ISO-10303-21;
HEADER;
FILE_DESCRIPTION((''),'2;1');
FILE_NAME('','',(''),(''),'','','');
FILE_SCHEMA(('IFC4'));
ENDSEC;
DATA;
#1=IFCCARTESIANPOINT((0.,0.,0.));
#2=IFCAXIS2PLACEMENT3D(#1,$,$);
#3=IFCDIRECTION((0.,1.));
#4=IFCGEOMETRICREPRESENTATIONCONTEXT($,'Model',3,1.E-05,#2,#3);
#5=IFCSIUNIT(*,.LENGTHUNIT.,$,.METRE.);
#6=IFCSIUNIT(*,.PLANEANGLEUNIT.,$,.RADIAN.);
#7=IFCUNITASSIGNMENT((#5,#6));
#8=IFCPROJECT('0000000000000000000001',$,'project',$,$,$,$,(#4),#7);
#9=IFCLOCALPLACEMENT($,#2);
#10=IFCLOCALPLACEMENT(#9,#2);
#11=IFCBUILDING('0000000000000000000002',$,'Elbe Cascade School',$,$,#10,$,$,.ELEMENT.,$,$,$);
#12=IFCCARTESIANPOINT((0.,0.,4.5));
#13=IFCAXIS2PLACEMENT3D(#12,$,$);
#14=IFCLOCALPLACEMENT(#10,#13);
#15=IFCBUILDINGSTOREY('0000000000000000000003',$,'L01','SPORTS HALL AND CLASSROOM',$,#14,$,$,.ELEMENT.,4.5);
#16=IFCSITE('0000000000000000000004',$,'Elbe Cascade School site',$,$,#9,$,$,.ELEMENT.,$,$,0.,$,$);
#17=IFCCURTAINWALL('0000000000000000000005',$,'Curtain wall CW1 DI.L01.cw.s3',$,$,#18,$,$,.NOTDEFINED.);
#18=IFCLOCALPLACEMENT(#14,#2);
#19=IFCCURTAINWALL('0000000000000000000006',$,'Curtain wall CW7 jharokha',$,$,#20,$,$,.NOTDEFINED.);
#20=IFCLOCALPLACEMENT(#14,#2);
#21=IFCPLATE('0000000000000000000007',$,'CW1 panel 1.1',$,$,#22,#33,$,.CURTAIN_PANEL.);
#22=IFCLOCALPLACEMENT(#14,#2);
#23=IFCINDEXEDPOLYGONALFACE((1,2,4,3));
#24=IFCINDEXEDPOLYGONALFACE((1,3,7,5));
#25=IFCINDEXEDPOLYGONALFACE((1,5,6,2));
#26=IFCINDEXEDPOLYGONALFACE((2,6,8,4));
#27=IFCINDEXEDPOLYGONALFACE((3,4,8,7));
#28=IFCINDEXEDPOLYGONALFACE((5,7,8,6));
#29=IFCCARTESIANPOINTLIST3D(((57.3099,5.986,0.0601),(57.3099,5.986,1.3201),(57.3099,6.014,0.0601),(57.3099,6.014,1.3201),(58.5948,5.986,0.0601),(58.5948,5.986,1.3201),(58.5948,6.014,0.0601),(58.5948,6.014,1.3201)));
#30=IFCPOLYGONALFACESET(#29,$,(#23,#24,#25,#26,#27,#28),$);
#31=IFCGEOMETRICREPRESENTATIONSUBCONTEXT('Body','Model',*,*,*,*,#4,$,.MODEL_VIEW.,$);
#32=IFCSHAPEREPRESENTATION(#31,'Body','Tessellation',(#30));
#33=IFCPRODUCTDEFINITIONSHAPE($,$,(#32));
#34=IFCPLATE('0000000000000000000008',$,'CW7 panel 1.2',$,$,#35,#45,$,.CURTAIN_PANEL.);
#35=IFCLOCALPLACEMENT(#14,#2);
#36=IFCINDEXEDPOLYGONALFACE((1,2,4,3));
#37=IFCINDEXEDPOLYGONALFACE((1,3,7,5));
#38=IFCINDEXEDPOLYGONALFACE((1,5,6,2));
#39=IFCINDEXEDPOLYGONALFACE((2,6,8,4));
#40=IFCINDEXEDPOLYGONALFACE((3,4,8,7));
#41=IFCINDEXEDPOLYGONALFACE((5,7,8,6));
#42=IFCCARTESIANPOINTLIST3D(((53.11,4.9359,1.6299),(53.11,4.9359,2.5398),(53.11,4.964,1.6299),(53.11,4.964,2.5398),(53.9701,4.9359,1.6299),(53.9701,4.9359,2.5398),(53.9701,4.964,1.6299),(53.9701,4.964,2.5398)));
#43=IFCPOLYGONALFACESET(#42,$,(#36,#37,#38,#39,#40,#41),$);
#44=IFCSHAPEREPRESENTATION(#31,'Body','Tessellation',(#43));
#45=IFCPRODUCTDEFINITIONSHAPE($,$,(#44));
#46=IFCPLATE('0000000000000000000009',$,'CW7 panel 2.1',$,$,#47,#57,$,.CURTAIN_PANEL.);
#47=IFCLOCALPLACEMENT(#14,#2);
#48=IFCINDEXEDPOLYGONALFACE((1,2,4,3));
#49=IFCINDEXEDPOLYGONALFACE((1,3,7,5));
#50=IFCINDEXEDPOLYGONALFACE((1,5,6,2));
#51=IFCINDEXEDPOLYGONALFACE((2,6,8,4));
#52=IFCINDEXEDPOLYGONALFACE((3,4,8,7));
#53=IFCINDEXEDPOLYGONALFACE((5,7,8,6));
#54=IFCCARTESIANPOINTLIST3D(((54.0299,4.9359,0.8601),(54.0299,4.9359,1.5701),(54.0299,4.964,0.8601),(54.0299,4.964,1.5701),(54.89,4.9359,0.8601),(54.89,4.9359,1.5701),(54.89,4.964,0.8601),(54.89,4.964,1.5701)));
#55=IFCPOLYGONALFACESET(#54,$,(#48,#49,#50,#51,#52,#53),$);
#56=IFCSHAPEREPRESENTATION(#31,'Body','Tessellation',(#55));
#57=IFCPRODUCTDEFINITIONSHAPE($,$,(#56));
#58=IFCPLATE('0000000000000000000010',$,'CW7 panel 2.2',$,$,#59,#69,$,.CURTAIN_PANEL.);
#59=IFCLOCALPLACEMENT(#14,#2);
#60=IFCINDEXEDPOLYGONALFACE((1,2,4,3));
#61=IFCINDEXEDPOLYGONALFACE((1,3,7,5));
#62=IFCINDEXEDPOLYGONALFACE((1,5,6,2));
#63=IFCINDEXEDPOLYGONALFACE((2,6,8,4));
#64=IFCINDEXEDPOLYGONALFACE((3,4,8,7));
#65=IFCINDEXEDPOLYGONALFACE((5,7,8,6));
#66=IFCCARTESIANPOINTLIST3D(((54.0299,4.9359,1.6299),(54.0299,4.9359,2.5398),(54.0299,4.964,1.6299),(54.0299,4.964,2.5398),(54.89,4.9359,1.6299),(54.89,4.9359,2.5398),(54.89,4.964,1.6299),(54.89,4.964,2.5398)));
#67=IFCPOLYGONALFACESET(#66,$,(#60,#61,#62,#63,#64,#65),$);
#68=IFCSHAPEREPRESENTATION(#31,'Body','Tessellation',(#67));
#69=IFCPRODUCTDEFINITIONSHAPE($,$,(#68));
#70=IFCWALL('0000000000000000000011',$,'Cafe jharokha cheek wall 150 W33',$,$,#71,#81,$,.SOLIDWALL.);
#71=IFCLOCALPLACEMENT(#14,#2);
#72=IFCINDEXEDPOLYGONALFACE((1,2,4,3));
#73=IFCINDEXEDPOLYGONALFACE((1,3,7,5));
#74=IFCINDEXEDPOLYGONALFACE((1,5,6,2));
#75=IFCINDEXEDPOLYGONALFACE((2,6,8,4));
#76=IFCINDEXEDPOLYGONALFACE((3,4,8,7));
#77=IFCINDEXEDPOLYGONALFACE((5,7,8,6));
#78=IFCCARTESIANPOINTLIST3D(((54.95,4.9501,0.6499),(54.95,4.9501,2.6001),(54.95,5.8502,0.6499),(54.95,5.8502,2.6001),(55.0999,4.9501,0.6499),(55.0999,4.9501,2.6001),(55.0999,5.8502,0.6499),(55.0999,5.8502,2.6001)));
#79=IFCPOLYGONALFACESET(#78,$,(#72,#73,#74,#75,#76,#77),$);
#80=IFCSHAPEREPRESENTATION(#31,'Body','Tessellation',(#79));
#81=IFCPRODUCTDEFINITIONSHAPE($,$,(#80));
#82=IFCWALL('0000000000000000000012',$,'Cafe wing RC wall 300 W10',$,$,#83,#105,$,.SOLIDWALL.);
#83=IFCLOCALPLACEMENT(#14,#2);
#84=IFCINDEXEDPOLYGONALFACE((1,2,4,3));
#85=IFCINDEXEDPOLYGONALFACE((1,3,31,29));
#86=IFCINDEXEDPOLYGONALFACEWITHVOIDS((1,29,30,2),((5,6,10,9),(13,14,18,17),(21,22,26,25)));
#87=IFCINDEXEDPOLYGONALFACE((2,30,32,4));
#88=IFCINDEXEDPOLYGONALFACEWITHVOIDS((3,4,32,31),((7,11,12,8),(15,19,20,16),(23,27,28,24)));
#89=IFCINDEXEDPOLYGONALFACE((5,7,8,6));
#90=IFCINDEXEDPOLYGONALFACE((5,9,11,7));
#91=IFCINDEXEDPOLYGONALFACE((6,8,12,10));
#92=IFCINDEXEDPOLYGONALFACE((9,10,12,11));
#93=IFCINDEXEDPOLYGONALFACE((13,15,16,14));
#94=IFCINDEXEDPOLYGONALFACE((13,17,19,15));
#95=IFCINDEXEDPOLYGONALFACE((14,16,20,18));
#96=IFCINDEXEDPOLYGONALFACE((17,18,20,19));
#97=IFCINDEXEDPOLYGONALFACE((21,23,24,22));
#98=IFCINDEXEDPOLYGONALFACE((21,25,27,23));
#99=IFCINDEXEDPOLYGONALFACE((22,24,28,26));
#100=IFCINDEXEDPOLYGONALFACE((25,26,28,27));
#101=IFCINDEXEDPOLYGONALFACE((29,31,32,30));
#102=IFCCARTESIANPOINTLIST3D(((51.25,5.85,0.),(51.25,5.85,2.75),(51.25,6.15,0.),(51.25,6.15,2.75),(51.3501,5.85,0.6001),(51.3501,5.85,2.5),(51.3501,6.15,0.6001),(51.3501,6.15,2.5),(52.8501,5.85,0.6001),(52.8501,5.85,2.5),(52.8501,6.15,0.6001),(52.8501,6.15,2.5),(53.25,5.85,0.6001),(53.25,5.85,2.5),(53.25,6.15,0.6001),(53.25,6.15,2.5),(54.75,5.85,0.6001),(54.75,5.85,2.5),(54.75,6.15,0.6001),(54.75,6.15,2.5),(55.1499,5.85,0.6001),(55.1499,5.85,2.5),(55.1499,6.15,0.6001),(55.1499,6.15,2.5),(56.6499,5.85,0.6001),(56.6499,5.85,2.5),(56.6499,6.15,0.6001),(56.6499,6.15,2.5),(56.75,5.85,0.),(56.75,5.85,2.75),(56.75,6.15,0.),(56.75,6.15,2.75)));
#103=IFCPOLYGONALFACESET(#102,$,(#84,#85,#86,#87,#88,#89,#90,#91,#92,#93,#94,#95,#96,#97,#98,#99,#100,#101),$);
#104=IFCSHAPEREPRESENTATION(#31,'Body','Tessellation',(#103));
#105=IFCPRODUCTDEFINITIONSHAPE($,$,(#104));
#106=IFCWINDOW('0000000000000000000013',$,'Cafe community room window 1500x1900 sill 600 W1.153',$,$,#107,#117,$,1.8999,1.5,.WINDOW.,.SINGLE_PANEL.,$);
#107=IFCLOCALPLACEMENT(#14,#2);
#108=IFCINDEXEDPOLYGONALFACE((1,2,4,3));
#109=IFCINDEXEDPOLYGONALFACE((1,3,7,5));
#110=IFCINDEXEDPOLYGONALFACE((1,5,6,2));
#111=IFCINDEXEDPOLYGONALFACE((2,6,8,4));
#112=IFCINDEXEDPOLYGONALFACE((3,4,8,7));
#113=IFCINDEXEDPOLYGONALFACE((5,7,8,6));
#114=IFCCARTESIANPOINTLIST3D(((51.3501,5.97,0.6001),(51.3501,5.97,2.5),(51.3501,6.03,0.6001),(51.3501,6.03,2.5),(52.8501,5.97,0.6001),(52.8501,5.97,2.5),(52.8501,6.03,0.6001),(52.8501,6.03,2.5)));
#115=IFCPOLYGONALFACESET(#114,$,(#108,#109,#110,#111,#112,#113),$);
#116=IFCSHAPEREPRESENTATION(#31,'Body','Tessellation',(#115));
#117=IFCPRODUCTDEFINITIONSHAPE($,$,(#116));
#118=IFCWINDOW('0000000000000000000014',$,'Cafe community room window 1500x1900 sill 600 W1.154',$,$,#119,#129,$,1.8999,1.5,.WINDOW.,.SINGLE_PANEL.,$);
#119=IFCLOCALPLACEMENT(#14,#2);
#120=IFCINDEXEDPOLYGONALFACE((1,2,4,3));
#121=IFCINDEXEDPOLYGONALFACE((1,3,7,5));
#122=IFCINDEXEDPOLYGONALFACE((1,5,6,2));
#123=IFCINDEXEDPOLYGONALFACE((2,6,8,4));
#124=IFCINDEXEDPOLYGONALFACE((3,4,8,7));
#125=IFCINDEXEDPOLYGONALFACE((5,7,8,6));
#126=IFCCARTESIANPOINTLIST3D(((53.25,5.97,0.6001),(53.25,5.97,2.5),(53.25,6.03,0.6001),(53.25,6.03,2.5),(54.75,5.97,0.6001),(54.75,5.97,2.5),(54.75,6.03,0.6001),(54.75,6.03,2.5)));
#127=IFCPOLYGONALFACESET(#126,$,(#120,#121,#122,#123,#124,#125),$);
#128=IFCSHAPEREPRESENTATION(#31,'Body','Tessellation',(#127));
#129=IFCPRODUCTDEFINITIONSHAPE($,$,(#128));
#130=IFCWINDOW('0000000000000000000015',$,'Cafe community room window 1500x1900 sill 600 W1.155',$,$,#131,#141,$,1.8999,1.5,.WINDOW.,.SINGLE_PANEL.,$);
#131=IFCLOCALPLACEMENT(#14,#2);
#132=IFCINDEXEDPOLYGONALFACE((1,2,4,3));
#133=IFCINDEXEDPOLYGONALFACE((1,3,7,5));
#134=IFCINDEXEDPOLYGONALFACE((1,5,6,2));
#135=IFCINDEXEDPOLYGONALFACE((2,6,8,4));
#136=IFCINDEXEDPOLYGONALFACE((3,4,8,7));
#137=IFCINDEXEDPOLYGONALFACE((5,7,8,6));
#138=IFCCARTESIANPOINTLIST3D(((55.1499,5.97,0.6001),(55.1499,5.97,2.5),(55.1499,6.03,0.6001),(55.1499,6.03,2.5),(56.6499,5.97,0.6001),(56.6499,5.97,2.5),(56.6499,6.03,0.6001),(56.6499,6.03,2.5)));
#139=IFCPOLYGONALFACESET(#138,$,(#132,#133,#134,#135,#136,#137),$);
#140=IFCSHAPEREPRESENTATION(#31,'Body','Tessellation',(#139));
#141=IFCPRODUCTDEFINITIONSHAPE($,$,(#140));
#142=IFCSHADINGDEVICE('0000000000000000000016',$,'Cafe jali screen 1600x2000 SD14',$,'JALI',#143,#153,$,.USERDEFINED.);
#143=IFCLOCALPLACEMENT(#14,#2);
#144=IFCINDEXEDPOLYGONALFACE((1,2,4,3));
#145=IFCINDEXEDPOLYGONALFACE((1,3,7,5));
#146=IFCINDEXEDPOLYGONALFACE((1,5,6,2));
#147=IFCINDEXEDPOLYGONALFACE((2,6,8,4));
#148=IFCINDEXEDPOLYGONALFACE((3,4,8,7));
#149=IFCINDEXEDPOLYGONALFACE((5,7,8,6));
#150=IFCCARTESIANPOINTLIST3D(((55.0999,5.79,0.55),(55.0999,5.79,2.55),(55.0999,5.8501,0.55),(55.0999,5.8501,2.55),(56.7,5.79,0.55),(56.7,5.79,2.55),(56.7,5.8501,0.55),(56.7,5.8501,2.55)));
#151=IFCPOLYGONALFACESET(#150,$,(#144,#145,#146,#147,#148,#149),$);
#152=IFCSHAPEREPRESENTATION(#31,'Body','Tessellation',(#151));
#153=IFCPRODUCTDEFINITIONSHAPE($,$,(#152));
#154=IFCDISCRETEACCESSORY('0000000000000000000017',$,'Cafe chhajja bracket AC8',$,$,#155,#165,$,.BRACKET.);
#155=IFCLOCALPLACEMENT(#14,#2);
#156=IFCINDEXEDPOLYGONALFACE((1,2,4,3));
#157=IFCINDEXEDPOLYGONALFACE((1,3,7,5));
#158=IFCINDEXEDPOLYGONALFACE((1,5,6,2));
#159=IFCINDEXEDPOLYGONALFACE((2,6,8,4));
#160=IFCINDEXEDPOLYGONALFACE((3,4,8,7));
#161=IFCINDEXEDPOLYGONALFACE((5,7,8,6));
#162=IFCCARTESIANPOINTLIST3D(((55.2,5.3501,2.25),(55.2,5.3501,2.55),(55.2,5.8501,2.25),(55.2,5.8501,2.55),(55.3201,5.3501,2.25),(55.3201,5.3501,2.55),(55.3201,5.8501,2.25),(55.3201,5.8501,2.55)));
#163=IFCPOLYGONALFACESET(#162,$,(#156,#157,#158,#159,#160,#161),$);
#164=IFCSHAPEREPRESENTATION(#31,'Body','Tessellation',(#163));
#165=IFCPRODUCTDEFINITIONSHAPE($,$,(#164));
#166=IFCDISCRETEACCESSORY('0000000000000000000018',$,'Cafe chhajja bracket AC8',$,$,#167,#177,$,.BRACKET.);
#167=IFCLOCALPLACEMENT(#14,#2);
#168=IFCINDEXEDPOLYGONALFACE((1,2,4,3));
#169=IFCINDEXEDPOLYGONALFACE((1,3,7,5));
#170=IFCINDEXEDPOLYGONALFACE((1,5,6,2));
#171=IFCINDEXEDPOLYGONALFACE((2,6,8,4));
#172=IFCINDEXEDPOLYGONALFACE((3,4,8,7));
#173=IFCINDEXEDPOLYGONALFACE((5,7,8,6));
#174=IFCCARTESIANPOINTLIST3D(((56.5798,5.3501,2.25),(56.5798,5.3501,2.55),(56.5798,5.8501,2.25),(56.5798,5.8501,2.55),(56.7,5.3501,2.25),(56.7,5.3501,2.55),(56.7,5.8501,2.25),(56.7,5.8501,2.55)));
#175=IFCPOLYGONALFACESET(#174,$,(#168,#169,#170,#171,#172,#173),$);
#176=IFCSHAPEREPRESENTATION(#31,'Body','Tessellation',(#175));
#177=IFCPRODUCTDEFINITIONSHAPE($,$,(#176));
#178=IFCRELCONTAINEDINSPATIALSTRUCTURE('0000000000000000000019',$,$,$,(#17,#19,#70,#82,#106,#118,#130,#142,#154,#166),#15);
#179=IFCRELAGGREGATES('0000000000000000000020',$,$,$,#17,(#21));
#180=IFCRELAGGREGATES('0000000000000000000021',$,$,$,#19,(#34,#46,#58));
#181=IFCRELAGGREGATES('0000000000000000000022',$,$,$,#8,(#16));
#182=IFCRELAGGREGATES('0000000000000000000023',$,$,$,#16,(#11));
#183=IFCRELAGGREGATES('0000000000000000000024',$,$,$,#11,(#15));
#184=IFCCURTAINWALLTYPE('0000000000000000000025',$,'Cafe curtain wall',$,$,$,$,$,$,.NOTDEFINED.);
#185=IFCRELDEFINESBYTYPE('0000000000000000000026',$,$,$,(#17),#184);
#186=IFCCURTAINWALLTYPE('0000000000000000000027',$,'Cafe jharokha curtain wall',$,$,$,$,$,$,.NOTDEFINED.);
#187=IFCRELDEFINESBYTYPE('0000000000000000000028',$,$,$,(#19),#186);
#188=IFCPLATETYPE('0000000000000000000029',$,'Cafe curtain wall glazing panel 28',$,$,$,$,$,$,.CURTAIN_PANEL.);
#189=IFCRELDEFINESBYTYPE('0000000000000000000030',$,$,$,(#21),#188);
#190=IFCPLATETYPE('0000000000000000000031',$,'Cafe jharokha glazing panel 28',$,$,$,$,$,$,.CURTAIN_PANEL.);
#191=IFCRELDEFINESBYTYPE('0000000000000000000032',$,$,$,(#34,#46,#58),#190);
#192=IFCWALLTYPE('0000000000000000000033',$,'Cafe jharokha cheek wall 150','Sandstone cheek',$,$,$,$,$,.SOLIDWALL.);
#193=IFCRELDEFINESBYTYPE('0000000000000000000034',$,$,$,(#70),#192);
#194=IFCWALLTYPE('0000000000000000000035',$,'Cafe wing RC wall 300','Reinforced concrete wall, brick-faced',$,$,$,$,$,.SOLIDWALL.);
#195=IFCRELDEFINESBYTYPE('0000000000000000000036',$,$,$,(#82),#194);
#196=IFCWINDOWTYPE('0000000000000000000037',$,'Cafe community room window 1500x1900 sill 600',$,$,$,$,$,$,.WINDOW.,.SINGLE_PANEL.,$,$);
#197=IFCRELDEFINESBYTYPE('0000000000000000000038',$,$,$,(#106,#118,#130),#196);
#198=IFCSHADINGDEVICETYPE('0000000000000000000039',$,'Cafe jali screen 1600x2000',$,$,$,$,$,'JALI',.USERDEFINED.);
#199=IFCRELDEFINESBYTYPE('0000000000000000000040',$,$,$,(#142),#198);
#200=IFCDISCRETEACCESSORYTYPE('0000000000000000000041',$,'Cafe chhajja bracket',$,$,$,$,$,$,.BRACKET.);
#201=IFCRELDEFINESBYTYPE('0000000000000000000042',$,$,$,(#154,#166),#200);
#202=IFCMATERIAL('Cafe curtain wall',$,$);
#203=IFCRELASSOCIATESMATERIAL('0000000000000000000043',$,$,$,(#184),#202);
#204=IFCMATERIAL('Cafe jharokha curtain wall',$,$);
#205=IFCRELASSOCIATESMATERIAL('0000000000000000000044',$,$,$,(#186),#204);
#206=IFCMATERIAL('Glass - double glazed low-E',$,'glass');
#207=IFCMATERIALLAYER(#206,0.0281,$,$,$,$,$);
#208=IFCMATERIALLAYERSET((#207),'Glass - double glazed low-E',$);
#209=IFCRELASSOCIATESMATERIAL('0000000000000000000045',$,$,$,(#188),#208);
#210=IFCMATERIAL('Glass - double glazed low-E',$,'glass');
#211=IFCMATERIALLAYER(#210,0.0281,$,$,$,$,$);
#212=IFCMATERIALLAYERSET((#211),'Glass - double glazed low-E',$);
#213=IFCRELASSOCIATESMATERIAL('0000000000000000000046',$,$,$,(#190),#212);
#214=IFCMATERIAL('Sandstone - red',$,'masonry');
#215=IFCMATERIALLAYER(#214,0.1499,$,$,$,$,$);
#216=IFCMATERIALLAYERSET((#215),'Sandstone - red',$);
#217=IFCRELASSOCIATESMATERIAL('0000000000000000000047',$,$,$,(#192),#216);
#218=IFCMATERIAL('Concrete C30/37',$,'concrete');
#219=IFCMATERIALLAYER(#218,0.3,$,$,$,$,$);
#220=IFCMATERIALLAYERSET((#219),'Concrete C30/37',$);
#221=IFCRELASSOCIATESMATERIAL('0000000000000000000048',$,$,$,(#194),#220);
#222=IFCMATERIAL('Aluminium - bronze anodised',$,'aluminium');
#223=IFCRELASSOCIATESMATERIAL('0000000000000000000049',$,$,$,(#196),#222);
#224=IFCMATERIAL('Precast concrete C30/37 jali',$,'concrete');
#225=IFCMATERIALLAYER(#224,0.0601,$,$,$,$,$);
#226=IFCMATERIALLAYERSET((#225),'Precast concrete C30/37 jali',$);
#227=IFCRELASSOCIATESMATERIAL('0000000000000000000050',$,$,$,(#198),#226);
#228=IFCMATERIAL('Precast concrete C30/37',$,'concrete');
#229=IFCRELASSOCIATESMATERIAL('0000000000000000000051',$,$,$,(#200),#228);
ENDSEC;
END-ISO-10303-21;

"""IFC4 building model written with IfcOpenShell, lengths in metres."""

from ifc_helpers import new_model, si_unit, direction, frame, frame_2d, origin, origin_2d, place, context, subcontext, project, spatial, rectangle, extrude, material, layer, layer_set, type_object, element, fill, aggregate, save


model = new_model("IFC4")

# Units and contexts
model_context = context("Model", 3, precision=1e-05, world=origin(), true_north=direction((0.0, 1.0)))
body_context = subcontext(model_context, "Body", "Model", "MODEL_VIEW")
ifc_project = project(units=[si_unit("LENGTHUNIT", "METRE"), si_unit("PLANEANGLEUNIT", "RADIAN")], contexts=[model_context])

# Site, building, storey
site_placement = place(None, origin())
site = spatial("IfcSite", under=ifc_project, at=site_placement, Name="Elbe Cascade School site", CompositionType="ELEMENT", RefElevation=0.0)
building_placement = place(site_placement, origin())
building = spatial("IfcBuilding", under=site, at=building_placement, Name="Elbe Cascade School", CompositionType="ELEMENT")
storey_placement = place(building_placement, frame((0.0, 0.0, 4.5)))
storey = spatial("IfcBuildingStorey", under=building, at=storey_placement, Name="L01", Description="SPORTS HALL AND CLASSROOM", CompositionType="ELEMENT", Elevation=4.5)

# Curtain wall
ifc_material_1 = material(Name="Cafe curtain wall")
curtain_wall_type_1 = type_object("IfcCurtainWallType", Name="Cafe curtain wall", PredefinedType="NOTDEFINED", material=ifc_material_1)
curtain_wall_1_placement = place(storey_placement, origin())
curtain_wall_1 = element("IfcCurtainWall", 1, at=curtain_wall_1_placement, inside=storey, type_object=curtain_wall_type_1, Name="Curtain wall CW1 DI.L01.cw.s3", PredefinedType="NOTDEFINED")

# Curtain wall
ifc_material_2 = material(Name="Cafe jharokha curtain wall")
curtain_wall_type_2 = type_object("IfcCurtainWallType", Name="Cafe jharokha curtain wall", PredefinedType="NOTDEFINED", material=ifc_material_2)
curtain_wall_2_placement = place(storey_placement, origin())
curtain_wall_2 = element("IfcCurtainWall", 2, at=curtain_wall_2_placement, inside=storey, type_object=curtain_wall_type_2, Name="Curtain wall CW7 jharokha", PredefinedType="NOTDEFINED")

# Plates
ifc_material_3 = material(Name="Glass - double glazed low-E", Category="glass")
ifc_layer_1 = layer(ifc_material_3, 0.0281)
ifc_layer_set_1 = layer_set([ifc_layer_1], Name="Glass - double glazed low-E")
plate_type_1 = type_object("IfcPlateType", Name="Cafe curtain wall glazing panel 28", PredefinedType="CURTAIN_PANEL", material=ifc_layer_set_1)
plate_1_placement = place(storey_placement, frame((57.9524, 6.0, 0.0601), z_axis=(0.0, 0.0, 1.0), x_axis=(1.0, 0.0, 0.0)))
plate_1 = element("IfcPlate", 3, at=plate_1_placement, type_object=plate_type_1, Name="CW1 panel 1.1", PredefinedType="CURTAIN_PANEL", context=body_context, shape_type="SweptSolid", body=[
    extrude(rectangle(XDim=1.2849, YDim=0.0281, at=origin_2d()), origin(), (0.0, 0.0, 1.0), 1.26),
])
aggregate(curtain_wall_1, [plate_1])
ifc_material_4 = material(Name="Glass - double glazed low-E", Category="glass")
ifc_layer_2 = layer(ifc_material_4, 0.0281)
ifc_layer_set_2 = layer_set([ifc_layer_2], Name="Glass - double glazed low-E")
plate_type_2 = type_object("IfcPlateType", Name="Cafe jharokha glazing panel 28", PredefinedType="CURTAIN_PANEL", material=ifc_layer_set_2)
plate_2_placement = place(storey_placement, frame((53.54, 4.95, 1.6299), z_axis=(0.0, 0.0, 1.0), x_axis=(1.0, 0.0, 0.0)))
plate_2 = element("IfcPlate", 4, at=plate_2_placement, type_object=plate_type_2, Name="CW7 panel 1.2", PredefinedType="CURTAIN_PANEL", context=body_context, shape_type="SweptSolid", body=[
    extrude(rectangle(XDim=0.8601, YDim=0.0281, at=origin_2d()), origin(), (0.0, 0.0, 1.0), 0.9099),
])
plate_3_placement = place(storey_placement, frame((54.46, 4.95, 0.8601), z_axis=(0.0, 0.0, 1.0), x_axis=(1.0, 0.0, 0.0)))
plate_3 = element("IfcPlate", 5, at=plate_3_placement, type_object=plate_type_2, Name="CW7 panel 2.1", PredefinedType="CURTAIN_PANEL", context=body_context, shape_type="SweptSolid", body=[
    extrude(rectangle(XDim=0.8601, YDim=0.0281, at=origin_2d()), origin(), (0.0, 0.0, 1.0), 0.71),
])
plate_4_placement = place(storey_placement, frame((54.46, 4.95, 1.6299), z_axis=(0.0, 0.0, 1.0), x_axis=(1.0, 0.0, 0.0)))
plate_4 = element("IfcPlate", 6, at=plate_4_placement, type_object=plate_type_2, Name="CW7 panel 2.2", PredefinedType="CURTAIN_PANEL", context=body_context, shape_type="SweptSolid", body=[
    extrude(rectangle(XDim=0.8601, YDim=0.0281, at=origin_2d()), origin(), (0.0, 0.0, 1.0), 0.9099),
])
aggregate(curtain_wall_2, [plate_2, plate_3, plate_4])

# Wall
ifc_material_5 = material(Name="Sandstone - red", Category="masonry")
ifc_layer_3 = layer(ifc_material_5, 0.1499)
ifc_layer_set_3 = layer_set([ifc_layer_3], Name="Sandstone - red")
wall_type_1 = type_object("IfcWallType", Name="Cafe jharokha cheek wall 150", Description="Sandstone cheek", PredefinedType="SOLIDWALL", material=ifc_layer_set_3)
wall_1_placement = place(storey_placement, frame((55.0249, 4.95, 0.6499), z_axis=(0.0, 0.0, 1.0), x_axis=(0.0, 1.0, 0.0)))
element("IfcWall", 7, at=wall_1_placement, inside=storey, type_object=wall_type_1, Name="Cafe jharokha cheek wall 150 W33", PredefinedType="SOLIDWALL", context=body_context, shape_type="SweptSolid", body=[
    extrude(rectangle(XDim=0.9001, YDim=0.1499, at=frame_2d((0.4502, 0.0))), origin(), (0.0, 0.0, 1.0), 1.9502),
])

# Wall, openings, windows
ifc_material_6 = material(Name="Concrete C30/37", Category="concrete")
ifc_layer_4 = layer(ifc_material_6, 0.3)
ifc_layer_set_4 = layer_set([ifc_layer_4], Name="Concrete C30/37")
wall_type_2 = type_object("IfcWallType", Name="Cafe wing RC wall 300", Description="Reinforced concrete wall, brick-faced", PredefinedType="SOLIDWALL", material=ifc_layer_set_4)
wall_2_placement = place(storey_placement, frame((56.75, 6.0, 0.0), z_axis=(0.0, 0.0, 1.0), x_axis=(-1.0, 0.0, 0.0)))
wall_2 = element("IfcWall", 8, at=wall_2_placement, inside=storey, type_object=wall_type_2, Name="Cafe wing RC wall 300 W10", PredefinedType="SOLIDWALL", context=body_context, shape_type="SweptSolid", body=[
    extrude(rectangle(XDim=5.5, YDim=0.3, at=frame_2d((2.75, 0.0))), origin(), (0.0, 0.0, 1.0), 2.75),
])
opening_1_placement = place(wall_2_placement, frame((3.8999, 0.0, 0.6001)))
opening_1 = element("IfcOpeningElement", 9, at=opening_1_placement, cuts=wall_2, PredefinedType="OPENING", context=body_context, shape_type="SweptSolid", body=[
    extrude(rectangle(XDim=1.5, YDim=1.8999, at=frame_2d((0.75, 0.95))), frame((0.0, 0.1599, 0.0), z_axis=(0.0, -1.0, 0.0), x_axis=(1.0, 0.0, 0.0)), (0.0, 0.0, 1.0), 0.3201),
])
opening_2_placement = place(wall_2_placement, frame((2.0, 0.0, 0.6001)))
opening_2 = element("IfcOpeningElement", 10, at=opening_2_placement, cuts=wall_2, PredefinedType="OPENING", context=body_context, shape_type="SweptSolid", body=[
    extrude(rectangle(XDim=1.5, YDim=1.8999, at=frame_2d((0.75, 0.95))), frame((0.0, 0.1599, 0.0), z_axis=(0.0, -1.0, 0.0), x_axis=(1.0, 0.0, 0.0)), (0.0, 0.0, 1.0), 0.3201),
])
opening_3_placement = place(wall_2_placement, frame((0.1001, 0.0, 0.6001)))
opening_3 = element("IfcOpeningElement", 11, at=opening_3_placement, cuts=wall_2, PredefinedType="OPENING", context=body_context, shape_type="SweptSolid", body=[
    extrude(rectangle(XDim=1.5, YDim=1.8999, at=frame_2d((0.75, 0.95))), frame((0.0, 0.1599, 0.0), z_axis=(0.0, -1.0, 0.0), x_axis=(1.0, 0.0, 0.0)), (0.0, 0.0, 1.0), 0.3201),
])
ifc_material_7 = material(Name="Aluminium - bronze anodised", Category="aluminium")
window_type = type_object("IfcWindowType", Name="Cafe community room window 1500x1900 sill 600", PartitioningType="SINGLE_PANEL", PredefinedType="WINDOW", material=ifc_material_7)
window_1_placement = place(opening_1_placement, origin())
window_1 = element("IfcWindow", 12, at=window_1_placement, inside=storey, type_object=window_type, Name="Cafe community room window 1500x1900 sill 600 W1.153", OverallHeight=1.8999, OverallWidth=1.5, PartitioningType="SINGLE_PANEL", PredefinedType="WINDOW", context=body_context, shape_type="SweptSolid", body=[
    extrude(rectangle(XDim=1.5, YDim=1.8999, at=frame_2d((0.75, 0.95))), frame((0.0, 0.03, 0.0), z_axis=(0.0, -1.0, 0.0), x_axis=(1.0, 0.0, 0.0)), (0.0, 0.0, 1.0), 0.0601),
])
fill(opening_1, window_1)
window_2_placement = place(opening_2_placement, origin())
window_2 = element("IfcWindow", 13, at=window_2_placement, inside=storey, type_object=window_type, Name="Cafe community room window 1500x1900 sill 600 W1.154", OverallHeight=1.8999, OverallWidth=1.5, PartitioningType="SINGLE_PANEL", PredefinedType="WINDOW", context=body_context, shape_type="SweptSolid", body=[
    extrude(rectangle(XDim=1.5, YDim=1.8999, at=frame_2d((0.75, 0.95))), frame((0.0, 0.03, 0.0), z_axis=(0.0, -1.0, 0.0), x_axis=(1.0, 0.0, 0.0)), (0.0, 0.0, 1.0), 0.0601),
])
fill(opening_2, window_2)
window_3_placement = place(opening_3_placement, origin())
window_3 = element("IfcWindow", 14, at=window_3_placement, inside=storey, type_object=window_type, Name="Cafe community room window 1500x1900 sill 600 W1.155", OverallHeight=1.8999, OverallWidth=1.5, PartitioningType="SINGLE_PANEL", PredefinedType="WINDOW", context=body_context, shape_type="SweptSolid", body=[
    extrude(rectangle(XDim=1.5, YDim=1.8999, at=frame_2d((0.75, 0.95))), frame((0.0, 0.03, 0.0), z_axis=(0.0, -1.0, 0.0), x_axis=(1.0, 0.0, 0.0)), (0.0, 0.0, 1.0), 0.0601),
])
fill(opening_3, window_3)

# Shading device
ifc_material_8 = material(Name="Precast concrete C30/37 jali", Category="concrete")
ifc_layer_5 = layer(ifc_material_8, 0.0601)
ifc_layer_set_5 = layer_set([ifc_layer_5], Name="Precast concrete C30/37 jali")
shading_device_type = type_object("IfcShadingDeviceType", Name="Cafe jali screen 1600x2000", ElementType="JALI", PredefinedType="USERDEFINED", material=ifc_layer_set_5)
shading_device_placement = place(storey_placement, frame((55.8999, 5.8201, 0.55), z_axis=(0.0, 0.0, 1.0), x_axis=(1.0, 0.0, 0.0)))
element("IfcShadingDevice", 15, at=shading_device_placement, inside=storey, type_object=shading_device_type, Name="Cafe jali screen 1600x2000 SD14", ObjectType="JALI", PredefinedType="USERDEFINED", context=body_context, shape_type="SweptSolid", body=[
    extrude(rectangle(XDim=1.6001, YDim=0.0601, at=origin_2d()), origin(), (0.0, 0.0, 1.0), 2.0),
])

# Discrete accessories
ifc_material_9 = material(Name="Precast concrete C30/37", Category="concrete")
discrete_accessory_type = type_object("IfcDiscreteAccessoryType", Name="Cafe chhajja bracket", PredefinedType="BRACKET", material=ifc_material_9)
for number, where, z_axis, x_axis, name in (
    (16, (55.26, 5.6001, 2.25), (0.0, 0.0, 1.0), (1.0, 0.0, 0.0), "Cafe chhajja bracket AC8"),
    (17, (56.6399, 5.6001, 2.25), (0.0, 0.0, 1.0), (1.0, 0.0, 0.0), "Cafe chhajja bracket AC8"),
):
    element("IfcDiscreteAccessory", number, at=place(storey_placement, frame(where, z_axis=z_axis, x_axis=x_axis)), inside=storey, type_object=discrete_accessory_type, Name=name, PredefinedType="BRACKET", context=body_context, shape_type="SweptSolid", body=[
        extrude(rectangle(XDim=0.1201, YDim=0.5, at=origin_2d()), origin(), (0.0, 0.0, 1.0), 0.3),
    ])

save(model, "model.ifc")
